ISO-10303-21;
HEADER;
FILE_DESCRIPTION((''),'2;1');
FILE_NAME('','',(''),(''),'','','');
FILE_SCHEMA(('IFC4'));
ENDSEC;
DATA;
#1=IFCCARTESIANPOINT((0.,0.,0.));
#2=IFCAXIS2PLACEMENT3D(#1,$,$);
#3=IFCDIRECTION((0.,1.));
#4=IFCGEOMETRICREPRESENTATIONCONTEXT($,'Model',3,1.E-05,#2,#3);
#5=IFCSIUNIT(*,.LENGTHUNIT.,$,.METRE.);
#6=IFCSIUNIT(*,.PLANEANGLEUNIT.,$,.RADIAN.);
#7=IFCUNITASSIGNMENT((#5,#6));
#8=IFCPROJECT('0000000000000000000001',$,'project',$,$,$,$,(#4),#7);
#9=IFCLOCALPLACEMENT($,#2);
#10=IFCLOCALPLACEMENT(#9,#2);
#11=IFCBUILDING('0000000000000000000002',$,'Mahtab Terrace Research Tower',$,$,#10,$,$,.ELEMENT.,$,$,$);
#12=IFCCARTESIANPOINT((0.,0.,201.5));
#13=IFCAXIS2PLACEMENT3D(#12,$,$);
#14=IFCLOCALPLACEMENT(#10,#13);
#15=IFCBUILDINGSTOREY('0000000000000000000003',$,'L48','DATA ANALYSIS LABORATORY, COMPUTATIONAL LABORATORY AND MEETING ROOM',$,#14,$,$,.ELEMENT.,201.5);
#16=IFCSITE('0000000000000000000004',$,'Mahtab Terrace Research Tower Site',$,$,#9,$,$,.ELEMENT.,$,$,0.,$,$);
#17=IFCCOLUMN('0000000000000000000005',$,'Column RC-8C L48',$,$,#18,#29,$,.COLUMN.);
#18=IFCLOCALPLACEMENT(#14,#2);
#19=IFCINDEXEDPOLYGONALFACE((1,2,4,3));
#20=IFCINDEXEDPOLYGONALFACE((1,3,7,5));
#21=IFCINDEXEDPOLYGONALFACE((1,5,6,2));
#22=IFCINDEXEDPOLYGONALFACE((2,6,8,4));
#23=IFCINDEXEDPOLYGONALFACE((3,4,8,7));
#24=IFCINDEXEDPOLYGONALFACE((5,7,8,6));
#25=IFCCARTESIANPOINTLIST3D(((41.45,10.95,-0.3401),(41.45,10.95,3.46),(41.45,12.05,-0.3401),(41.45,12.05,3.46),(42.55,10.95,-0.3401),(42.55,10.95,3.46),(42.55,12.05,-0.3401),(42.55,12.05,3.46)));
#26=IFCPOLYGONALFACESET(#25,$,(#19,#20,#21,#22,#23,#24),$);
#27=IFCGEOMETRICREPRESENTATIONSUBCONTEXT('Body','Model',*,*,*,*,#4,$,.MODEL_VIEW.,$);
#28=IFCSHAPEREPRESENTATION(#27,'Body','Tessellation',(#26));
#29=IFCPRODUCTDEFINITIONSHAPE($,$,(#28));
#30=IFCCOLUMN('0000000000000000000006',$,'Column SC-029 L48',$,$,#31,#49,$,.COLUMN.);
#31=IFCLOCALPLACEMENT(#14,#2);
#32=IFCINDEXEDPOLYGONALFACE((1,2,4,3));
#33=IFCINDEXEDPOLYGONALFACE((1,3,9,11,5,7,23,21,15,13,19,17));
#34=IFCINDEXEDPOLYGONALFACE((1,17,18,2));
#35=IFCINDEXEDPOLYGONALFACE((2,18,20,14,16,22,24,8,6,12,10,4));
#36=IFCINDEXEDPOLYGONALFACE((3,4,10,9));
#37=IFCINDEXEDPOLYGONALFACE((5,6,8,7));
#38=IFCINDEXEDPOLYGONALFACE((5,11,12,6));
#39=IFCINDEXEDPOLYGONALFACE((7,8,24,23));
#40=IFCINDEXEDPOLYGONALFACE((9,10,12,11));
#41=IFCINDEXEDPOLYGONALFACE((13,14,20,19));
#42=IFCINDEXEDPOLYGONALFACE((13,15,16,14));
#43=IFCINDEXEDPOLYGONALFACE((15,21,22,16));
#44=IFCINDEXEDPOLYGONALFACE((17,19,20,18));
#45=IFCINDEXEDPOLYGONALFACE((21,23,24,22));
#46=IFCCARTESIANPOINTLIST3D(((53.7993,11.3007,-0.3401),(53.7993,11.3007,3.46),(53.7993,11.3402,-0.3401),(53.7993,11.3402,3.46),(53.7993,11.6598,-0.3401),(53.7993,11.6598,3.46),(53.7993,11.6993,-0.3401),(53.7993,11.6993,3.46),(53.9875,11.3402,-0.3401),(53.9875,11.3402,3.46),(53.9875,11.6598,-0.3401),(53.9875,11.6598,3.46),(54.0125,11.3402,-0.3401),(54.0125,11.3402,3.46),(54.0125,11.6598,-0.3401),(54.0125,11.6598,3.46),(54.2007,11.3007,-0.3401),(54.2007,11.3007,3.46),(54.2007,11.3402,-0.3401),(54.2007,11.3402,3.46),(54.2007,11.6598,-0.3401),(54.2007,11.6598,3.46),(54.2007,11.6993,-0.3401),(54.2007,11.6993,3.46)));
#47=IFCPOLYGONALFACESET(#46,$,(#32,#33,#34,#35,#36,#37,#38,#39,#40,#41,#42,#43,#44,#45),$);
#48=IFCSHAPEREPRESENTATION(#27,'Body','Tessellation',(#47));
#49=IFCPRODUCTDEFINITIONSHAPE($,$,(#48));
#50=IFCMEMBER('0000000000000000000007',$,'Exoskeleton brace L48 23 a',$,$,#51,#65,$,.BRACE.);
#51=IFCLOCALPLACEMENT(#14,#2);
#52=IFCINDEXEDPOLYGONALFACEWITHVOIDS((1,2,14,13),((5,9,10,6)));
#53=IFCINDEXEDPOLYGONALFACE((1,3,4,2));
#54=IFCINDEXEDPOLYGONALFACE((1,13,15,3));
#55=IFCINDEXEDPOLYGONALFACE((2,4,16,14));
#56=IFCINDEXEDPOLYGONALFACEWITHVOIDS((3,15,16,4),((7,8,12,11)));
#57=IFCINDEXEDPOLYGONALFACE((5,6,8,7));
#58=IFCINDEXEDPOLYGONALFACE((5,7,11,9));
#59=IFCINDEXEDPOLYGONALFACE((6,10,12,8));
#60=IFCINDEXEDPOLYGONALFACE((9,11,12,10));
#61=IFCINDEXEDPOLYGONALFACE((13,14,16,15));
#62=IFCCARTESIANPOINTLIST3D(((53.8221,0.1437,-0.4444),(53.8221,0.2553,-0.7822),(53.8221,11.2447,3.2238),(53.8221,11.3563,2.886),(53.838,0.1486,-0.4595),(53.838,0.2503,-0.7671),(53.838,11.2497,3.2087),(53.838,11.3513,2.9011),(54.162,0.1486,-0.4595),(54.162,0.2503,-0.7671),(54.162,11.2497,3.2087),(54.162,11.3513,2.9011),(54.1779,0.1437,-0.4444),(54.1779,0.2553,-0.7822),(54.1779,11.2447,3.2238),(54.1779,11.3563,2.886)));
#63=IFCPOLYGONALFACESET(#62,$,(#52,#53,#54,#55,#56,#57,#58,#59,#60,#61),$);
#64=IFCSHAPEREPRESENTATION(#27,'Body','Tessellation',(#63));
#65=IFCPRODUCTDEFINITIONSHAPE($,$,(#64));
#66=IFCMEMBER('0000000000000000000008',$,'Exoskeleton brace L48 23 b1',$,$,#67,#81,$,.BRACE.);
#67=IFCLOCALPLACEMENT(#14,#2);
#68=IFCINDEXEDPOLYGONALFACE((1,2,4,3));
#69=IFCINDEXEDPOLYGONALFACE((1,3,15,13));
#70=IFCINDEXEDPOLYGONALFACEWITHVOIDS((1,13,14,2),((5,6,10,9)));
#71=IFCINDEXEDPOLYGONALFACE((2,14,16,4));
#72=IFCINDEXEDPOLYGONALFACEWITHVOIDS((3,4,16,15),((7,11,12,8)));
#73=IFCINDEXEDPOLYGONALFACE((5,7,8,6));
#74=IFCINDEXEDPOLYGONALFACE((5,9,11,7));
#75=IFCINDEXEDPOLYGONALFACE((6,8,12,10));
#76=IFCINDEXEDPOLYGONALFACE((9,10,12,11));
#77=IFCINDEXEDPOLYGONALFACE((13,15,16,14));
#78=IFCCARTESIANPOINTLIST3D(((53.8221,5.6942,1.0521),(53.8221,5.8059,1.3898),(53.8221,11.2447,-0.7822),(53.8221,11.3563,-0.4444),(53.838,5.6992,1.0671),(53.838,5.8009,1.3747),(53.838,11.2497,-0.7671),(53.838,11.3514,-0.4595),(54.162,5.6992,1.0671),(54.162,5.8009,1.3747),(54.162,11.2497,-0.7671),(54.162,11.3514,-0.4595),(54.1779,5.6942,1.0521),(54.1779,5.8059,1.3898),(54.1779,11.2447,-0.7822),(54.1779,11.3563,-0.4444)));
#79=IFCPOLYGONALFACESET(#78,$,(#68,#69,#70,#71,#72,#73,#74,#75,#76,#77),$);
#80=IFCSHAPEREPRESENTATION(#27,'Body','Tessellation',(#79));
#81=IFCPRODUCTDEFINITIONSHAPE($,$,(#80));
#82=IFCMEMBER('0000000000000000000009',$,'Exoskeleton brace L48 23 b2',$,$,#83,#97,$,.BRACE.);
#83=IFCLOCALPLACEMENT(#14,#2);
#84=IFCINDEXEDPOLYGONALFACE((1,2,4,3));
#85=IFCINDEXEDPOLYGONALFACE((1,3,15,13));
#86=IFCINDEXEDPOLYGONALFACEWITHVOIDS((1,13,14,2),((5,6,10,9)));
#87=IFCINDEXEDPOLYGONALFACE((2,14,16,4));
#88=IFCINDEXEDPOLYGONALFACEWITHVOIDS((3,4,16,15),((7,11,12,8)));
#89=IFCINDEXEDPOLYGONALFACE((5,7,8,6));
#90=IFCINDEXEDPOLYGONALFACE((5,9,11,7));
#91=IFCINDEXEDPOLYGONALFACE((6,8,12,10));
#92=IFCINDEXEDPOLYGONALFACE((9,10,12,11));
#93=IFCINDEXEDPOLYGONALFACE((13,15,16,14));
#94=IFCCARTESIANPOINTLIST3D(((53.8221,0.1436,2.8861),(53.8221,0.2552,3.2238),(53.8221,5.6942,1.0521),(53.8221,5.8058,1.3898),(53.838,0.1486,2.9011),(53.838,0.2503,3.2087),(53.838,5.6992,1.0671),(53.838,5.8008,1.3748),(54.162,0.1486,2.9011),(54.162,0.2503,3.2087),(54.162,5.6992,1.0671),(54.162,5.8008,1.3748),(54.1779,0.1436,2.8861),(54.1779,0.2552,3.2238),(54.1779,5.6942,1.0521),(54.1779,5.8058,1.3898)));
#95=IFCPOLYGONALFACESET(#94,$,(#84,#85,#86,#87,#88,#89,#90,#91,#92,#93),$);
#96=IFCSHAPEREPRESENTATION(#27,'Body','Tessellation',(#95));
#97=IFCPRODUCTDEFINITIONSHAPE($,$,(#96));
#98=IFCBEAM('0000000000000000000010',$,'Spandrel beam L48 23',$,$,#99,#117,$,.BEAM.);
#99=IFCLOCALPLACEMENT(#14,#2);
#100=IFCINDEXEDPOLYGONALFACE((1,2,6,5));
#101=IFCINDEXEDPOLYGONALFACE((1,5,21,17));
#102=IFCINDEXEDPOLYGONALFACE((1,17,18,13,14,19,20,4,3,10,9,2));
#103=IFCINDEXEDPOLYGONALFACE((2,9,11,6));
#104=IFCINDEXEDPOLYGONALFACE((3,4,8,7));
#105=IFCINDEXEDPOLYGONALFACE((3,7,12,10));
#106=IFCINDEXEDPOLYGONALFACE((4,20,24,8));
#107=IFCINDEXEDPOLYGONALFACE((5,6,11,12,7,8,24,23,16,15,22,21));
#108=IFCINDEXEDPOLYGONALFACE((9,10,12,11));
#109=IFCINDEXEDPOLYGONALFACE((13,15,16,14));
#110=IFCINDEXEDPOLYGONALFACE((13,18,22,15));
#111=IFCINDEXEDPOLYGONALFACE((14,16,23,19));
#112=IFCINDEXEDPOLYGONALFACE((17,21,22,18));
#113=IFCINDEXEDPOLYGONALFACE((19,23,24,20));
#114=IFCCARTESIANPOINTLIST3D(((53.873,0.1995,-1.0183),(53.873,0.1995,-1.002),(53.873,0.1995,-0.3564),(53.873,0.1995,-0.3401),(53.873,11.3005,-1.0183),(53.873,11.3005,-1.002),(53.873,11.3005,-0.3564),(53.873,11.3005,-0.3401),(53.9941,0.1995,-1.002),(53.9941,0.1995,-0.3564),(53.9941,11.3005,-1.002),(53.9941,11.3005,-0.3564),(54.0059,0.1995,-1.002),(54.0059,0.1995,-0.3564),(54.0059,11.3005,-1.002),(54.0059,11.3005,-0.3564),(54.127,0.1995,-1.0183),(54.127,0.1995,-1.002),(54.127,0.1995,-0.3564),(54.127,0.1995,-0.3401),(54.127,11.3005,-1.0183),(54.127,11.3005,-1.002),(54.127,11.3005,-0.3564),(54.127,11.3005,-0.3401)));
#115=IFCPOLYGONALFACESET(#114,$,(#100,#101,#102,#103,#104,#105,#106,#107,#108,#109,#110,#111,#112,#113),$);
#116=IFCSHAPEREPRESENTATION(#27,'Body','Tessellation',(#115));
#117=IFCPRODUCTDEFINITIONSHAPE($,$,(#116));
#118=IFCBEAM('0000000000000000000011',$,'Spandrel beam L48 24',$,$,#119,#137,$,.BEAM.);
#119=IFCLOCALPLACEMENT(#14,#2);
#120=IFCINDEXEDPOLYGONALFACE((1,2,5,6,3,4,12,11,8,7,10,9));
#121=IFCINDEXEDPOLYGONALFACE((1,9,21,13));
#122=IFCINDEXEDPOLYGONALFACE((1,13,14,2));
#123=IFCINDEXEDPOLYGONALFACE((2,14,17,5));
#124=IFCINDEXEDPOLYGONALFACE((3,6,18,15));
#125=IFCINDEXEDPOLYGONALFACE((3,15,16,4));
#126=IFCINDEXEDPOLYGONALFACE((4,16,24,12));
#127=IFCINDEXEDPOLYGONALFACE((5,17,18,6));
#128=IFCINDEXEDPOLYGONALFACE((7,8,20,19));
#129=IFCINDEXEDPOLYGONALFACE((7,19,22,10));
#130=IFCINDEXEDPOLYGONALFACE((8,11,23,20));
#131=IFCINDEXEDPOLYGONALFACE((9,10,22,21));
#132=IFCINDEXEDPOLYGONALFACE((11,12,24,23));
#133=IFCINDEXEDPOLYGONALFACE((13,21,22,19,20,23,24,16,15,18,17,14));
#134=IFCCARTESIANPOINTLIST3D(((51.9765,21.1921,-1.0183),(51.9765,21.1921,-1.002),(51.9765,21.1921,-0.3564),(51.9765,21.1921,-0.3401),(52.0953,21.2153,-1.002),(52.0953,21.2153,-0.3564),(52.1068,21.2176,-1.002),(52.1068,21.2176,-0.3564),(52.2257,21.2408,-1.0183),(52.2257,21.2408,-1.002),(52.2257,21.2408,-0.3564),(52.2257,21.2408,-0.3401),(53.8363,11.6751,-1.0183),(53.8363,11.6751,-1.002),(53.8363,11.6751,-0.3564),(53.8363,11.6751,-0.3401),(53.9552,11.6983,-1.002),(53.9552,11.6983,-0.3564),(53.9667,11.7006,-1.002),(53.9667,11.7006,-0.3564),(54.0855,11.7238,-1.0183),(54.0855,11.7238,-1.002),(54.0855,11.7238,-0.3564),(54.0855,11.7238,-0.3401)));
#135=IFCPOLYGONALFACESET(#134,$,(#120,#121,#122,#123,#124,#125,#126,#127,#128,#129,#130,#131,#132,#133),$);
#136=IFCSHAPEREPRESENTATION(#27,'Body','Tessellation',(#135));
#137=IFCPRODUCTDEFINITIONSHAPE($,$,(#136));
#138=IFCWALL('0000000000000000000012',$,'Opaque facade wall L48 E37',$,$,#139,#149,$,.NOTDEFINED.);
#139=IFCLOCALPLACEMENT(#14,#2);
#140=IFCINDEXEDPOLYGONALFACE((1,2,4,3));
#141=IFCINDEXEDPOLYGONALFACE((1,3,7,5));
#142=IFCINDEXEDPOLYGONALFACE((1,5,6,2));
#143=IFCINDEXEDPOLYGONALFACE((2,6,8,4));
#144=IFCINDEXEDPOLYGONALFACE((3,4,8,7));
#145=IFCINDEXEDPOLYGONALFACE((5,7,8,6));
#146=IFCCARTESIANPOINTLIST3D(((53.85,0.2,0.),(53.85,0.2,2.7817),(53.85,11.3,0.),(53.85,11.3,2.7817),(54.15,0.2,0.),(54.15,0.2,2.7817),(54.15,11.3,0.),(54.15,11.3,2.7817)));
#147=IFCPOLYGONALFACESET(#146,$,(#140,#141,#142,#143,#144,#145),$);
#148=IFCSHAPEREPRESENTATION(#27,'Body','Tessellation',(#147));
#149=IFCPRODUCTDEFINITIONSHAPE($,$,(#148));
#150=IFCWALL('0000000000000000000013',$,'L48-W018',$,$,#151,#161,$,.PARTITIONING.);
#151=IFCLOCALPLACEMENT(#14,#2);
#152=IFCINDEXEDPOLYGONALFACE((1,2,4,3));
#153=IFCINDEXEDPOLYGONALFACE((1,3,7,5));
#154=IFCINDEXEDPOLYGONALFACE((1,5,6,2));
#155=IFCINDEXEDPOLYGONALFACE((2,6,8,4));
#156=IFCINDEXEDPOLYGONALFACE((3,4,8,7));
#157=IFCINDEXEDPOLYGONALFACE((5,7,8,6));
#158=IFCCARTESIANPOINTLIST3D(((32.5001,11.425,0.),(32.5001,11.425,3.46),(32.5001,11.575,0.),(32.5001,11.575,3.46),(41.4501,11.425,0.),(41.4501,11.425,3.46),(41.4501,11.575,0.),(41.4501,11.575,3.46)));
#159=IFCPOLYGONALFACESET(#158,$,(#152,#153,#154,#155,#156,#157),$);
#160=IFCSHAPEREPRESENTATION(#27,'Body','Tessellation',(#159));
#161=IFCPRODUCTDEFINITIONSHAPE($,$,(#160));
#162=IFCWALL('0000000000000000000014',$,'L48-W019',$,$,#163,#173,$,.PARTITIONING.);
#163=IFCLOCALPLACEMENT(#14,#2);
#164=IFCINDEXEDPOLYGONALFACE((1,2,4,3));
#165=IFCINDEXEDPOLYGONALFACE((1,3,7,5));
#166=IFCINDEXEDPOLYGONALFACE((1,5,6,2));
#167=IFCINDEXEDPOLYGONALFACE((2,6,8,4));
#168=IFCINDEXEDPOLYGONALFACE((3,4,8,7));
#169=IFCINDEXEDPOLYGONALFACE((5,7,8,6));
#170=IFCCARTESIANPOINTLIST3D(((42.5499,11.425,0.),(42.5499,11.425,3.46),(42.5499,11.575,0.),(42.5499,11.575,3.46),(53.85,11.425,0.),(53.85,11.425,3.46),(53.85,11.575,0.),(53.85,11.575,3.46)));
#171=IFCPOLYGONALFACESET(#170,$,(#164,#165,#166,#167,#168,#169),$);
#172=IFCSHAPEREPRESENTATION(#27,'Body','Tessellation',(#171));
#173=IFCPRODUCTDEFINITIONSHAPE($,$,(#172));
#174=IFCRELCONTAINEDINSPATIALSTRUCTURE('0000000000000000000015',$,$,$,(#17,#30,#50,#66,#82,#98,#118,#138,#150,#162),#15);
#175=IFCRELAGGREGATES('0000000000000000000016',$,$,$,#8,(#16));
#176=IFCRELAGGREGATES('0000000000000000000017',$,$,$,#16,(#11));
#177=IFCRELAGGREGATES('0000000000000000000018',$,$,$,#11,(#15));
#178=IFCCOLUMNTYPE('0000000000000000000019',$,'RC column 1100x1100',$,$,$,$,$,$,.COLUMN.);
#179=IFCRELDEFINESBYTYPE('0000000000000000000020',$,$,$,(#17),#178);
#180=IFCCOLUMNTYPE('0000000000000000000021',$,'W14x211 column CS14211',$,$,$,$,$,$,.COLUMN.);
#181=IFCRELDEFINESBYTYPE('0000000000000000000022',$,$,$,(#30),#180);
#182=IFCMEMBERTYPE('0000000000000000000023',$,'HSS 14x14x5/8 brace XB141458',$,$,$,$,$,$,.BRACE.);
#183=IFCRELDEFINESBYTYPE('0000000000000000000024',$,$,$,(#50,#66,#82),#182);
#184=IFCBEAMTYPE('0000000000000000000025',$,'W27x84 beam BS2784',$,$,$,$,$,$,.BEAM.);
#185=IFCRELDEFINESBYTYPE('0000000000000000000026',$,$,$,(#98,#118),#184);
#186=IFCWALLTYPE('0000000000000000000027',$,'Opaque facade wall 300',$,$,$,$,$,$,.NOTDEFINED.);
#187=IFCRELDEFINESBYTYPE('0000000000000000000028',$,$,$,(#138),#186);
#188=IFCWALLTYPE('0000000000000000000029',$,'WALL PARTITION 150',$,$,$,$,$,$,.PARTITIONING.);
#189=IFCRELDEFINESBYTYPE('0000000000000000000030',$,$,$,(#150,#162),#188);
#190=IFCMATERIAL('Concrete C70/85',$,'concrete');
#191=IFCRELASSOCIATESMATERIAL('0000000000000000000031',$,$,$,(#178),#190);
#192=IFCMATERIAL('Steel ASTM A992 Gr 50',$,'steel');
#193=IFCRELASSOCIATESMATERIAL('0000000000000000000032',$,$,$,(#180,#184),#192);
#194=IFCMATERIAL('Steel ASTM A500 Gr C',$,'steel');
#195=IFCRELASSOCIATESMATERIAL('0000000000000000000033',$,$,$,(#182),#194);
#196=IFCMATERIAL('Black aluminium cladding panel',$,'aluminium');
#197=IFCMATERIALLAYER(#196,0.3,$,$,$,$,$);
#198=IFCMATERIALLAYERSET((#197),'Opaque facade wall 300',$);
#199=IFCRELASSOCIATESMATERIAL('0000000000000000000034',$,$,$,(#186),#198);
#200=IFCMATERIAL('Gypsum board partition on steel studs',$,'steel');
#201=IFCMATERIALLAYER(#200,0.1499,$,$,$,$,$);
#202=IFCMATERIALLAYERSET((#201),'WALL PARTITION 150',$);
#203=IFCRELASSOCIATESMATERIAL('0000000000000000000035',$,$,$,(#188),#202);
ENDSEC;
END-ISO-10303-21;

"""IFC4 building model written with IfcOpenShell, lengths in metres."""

from ifc_helpers import new_model, si_unit, direction, frame, frame_2d, origin, origin_2d, place, context, subcontext, project, spatial, rectangle, hollow_rectangle, i_section, extrude, material, layer, layer_set, material_profile, profile_set, type_object, element, save


model = new_model("IFC4")

# Units and contexts
model_context = context("Model", 3, precision=1e-05, world=origin(), true_north=direction((0.0, 1.0)))
body_context = subcontext(model_context, "Body", "Model", "MODEL_VIEW")
ifc_project = project(units=[si_unit("LENGTHUNIT", "METRE"), si_unit("PLANEANGLEUNIT", "RADIAN")], contexts=[model_context])

# Site, building, storey
site_placement = place(None, origin())
site = spatial("IfcSite", under=ifc_project, at=site_placement, Name="Mahtab Terrace Research Tower Site", CompositionType="ELEMENT", RefElevation=0.0)
building_placement = place(site_placement, origin())
building = spatial("IfcBuilding", under=site, at=building_placement, Name="Mahtab Terrace Research Tower", CompositionType="ELEMENT")
storey_placement = place(building_placement, frame((0.0, 0.0, 201.5)))
storey = spatial("IfcBuildingStorey", under=building, at=storey_placement, Name="L48", Description="DATA ANALYSIS LABORATORY, COMPUTATIONAL LABORATORY AND MEETING ROOM", CompositionType="ELEMENT", Elevation=201.5)

# Columns
ifc_material_1 = material(Name="Concrete C70/85", Category="concrete")
ifc_material_profile_1 = material_profile(ifc_material_1, rectangle(XDim=1.1001, YDim=1.1001, at=origin_2d()), Name="RC column 1100x1100")
ifc_profile_set_1 = profile_set([ifc_material_profile_1], Name="Concrete C70/85")
column_type_1 = type_object("IfcColumnType", Name="RC column 1100x1100", PredefinedType="COLUMN", material=ifc_profile_set_1)
column_1_placement = place(storey_placement, frame((42.0, 11.5, -0.3401), z_axis=(0.0, 0.0, 1.0), x_axis=(1.0, 0.0, 0.0)))
element("IfcColumn", 1, at=column_1_placement, inside=storey, type_object=column_type_1, Name="Column RC-8C L48", PredefinedType="COLUMN", context=body_context, shape_type="SweptSolid", body=[
    extrude(rectangle(XDim=1.1001, YDim=1.1001, at=origin_2d()), origin(), (0.0, 0.0, 1.0), 3.8),
])
ifc_material_2 = material(Name="Steel ASTM A992 Gr 50", Category="steel")
ifc_material_profile_2 = material_profile(ifc_material_2, i_section(OverallWidth=0.4014, OverallDepth=0.3987, WebThickness=0.0249, FlangeThickness=0.0396, at=origin_2d()), Name="W14X211")
ifc_profile_set_2 = profile_set([ifc_material_profile_2], Name="Steel ASTM A992 Gr 50")
column_type_2 = type_object("IfcColumnType", Name="W14x211 column CS14211", PredefinedType="COLUMN", material=ifc_profile_set_2)
column_2_placement = place(storey_placement, frame((54.0, 11.5, -0.3401), z_axis=(0.0, 0.0, 1.0), x_axis=(1.0, 0.0, 0.0)))
element("IfcColumn", 2, at=column_2_placement, inside=storey, type_object=column_type_2, Name="Column SC-029 L48", PredefinedType="COLUMN", context=body_context, shape_type="SweptSolid", body=[
    extrude(i_section(OverallWidth=0.4014, OverallDepth=0.3987, WebThickness=0.0249, FlangeThickness=0.0396, at=origin_2d()), origin(), (0.0, 0.0, 1.0), 3.8),
])

# Members
ifc_material_3 = material(Name="Steel ASTM A500 Gr C", Category="steel")
ifc_material_profile_3 = material_profile(ifc_material_3, hollow_rectangle(XDim=0.3557, YDim=0.3557, WallThickness=0.0159, at=origin_2d()), Name="HSS14X14X5/8")
ifc_profile_set_3 = profile_set([ifc_material_profile_3], Name="Steel ASTM A500 Gr C")
member_type = type_object("IfcMemberType", Name="HSS 14x14x5/8 brace XB141458", PredefinedType="BRACE", material=ifc_profile_set_3)
member_placement = place(storey_placement, frame((54.0, 0.1995, -0.6133), z_axis=(0.0, 0.949505, 0.313752), x_axis=(-1.0, 0.0, 0.0)))
element("IfcMember", 3, at=member_placement, inside=storey, type_object=member_type, Name="Exoskeleton brace L48 23 a", PredefinedType="BRACE", context=body_context, shape_type="SweptSolid", body=[
    extrude(hollow_rectangle(XDim=0.3557, YDim=0.3557, WallThickness=0.0159, at=origin_2d()), origin(), (0.0, 0.0, 1.0), 11.6914),
])
for number, where, z_axis, x_axis, name in (
    (4, (54.0, 11.3005, -0.6133), (0.0, -0.949499, 0.313771), (1.0, 0.0, 0.0), "Exoskeleton brace L48 23 b1"),
    (5, (54.0, 5.75, 1.2209), (0.0, -0.949511, 0.313733), (1.0, 0.0, 0.0), "Exoskeleton brace L48 23 b2"),
):
    element("IfcMember", number, at=place(storey_placement, frame(where, z_axis=z_axis, x_axis=x_axis)), inside=storey, type_object=member_type, Name=name, PredefinedType="BRACE", context=body_context, shape_type="SweptSolid", body=[
        extrude(hollow_rectangle(XDim=0.3557, YDim=0.3557, WallThickness=0.0159, at=origin_2d()), origin(), (0.0, 0.0, 1.0), 5.8457),
    ])

# Beams
ifc_material_profile_4 = material_profile(ifc_material_2, i_section(OverallWidth=0.2539, OverallDepth=0.6782, WebThickness=0.0117, FlangeThickness=0.0164, at=origin_2d()), Name="W27X84")
ifc_profile_set_4 = profile_set([ifc_material_profile_4], Name="Steel ASTM A992 Gr 50")
beam_type = type_object("IfcBeamType", Name="W27x84 beam BS2784", PredefinedType="BEAM", material=ifc_profile_set_4)
beam_1_placement = place(storey_placement, frame((54.0, 0.1995, -0.6792), z_axis=(0.0, 1.0, 0.0), x_axis=(-1.0, 0.0, 0.0)))
element("IfcBeam", 6, at=beam_1_placement, inside=storey, type_object=beam_type, Name="Spandrel beam L48 23", PredefinedType="BEAM", context=body_context, shape_type="SweptSolid", body=[
    extrude(i_section(OverallWidth=0.2539, OverallDepth=0.6782, WebThickness=0.0117, FlangeThickness=0.0164, at=origin_2d()), origin(), (0.0, 0.0, 1.0), 11.1011),
])
beam_2_placement = place(storey_placement, frame((53.9609, 11.6995, -0.6792), z_axis=(-0.191795, 0.981435, 0.0), x_axis=(-0.981435, -0.191795, 0.0)))
element("IfcBeam", 7, at=beam_2_placement, inside=storey, type_object=beam_type, Name="Spandrel beam L48 24", PredefinedType="BEAM", context=body_context, shape_type="SweptSolid", body=[
    extrude(i_section(OverallWidth=0.2539, OverallDepth=0.6782, WebThickness=0.0117, FlangeThickness=0.0164, at=origin_2d()), origin(), (0.0, 0.0, 1.0), 9.697),
])

# Walls
ifc_material_4 = material(Name="Black aluminium cladding panel", Category="aluminium")
ifc_layer_1 = layer(ifc_material_4, 0.3)
ifc_layer_set_1 = layer_set([ifc_layer_1], Name="Opaque facade wall 300")
wall_type_1 = type_object("IfcWallType", Name="Opaque facade wall 300", PredefinedType="NOTDEFINED", material=ifc_layer_set_1)
wall_1_placement = place(storey_placement, frame((54.0, 0.2, 0.0), z_axis=(0.0, 0.0, 1.0), x_axis=(0.0, 1.0, 0.0)))
element("IfcWall", 8, at=wall_1_placement, inside=storey, type_object=wall_type_1, Name="Opaque facade wall L48 E37", PredefinedType="NOTDEFINED", context=body_context, shape_type="SweptSolid", body=[
    extrude(rectangle(XDim=11.1001, YDim=0.3, at=frame_2d((5.55, 0.0))), origin(), (0.0, 0.0, 1.0), 2.7817),
])
ifc_material_5 = material(Name="Gypsum board partition on steel studs", Category="steel")
ifc_layer_2 = layer(ifc_material_5, 0.1499)
ifc_layer_set_2 = layer_set([ifc_layer_2], Name="WALL PARTITION 150")
wall_type_2 = type_object("IfcWallType", Name="WALL PARTITION 150", PredefinedType="PARTITIONING", material=ifc_layer_set_2)
wall_2_placement = place(storey_placement, frame((32.5, 11.5, 0.0), z_axis=(0.0, 0.0, 1.0), x_axis=(1.0, 0.0, 0.0)))
element("IfcWall", 9, at=wall_2_placement, inside=storey, type_object=wall_type_2, Name="L48-W018", PredefinedType="PARTITIONING", context=body_context, shape_type="SweptSolid", body=[
    extrude(rectangle(XDim=8.95, YDim=0.1499, at=frame_2d((4.4751, 0.0))), origin(), (0.0, 0.0, 1.0), 3.46),
])
wall_3_placement = place(storey_placement, frame((42.55, 11.5, 0.0), z_axis=(0.0, 0.0, 1.0), x_axis=(1.0, 0.0, 0.0)))
element("IfcWall", 10, at=wall_3_placement, inside=storey, type_object=wall_type_2, Name="L48-W019", PredefinedType="PARTITIONING", context=body_context, shape_type="SweptSolid", body=[
    extrude(rectangle(XDim=11.3, YDim=0.1499, at=frame_2d((5.6499, 0.0))), origin(), (0.0, 0.0, 1.0), 3.46),
])

save(model, "model.ifc")
